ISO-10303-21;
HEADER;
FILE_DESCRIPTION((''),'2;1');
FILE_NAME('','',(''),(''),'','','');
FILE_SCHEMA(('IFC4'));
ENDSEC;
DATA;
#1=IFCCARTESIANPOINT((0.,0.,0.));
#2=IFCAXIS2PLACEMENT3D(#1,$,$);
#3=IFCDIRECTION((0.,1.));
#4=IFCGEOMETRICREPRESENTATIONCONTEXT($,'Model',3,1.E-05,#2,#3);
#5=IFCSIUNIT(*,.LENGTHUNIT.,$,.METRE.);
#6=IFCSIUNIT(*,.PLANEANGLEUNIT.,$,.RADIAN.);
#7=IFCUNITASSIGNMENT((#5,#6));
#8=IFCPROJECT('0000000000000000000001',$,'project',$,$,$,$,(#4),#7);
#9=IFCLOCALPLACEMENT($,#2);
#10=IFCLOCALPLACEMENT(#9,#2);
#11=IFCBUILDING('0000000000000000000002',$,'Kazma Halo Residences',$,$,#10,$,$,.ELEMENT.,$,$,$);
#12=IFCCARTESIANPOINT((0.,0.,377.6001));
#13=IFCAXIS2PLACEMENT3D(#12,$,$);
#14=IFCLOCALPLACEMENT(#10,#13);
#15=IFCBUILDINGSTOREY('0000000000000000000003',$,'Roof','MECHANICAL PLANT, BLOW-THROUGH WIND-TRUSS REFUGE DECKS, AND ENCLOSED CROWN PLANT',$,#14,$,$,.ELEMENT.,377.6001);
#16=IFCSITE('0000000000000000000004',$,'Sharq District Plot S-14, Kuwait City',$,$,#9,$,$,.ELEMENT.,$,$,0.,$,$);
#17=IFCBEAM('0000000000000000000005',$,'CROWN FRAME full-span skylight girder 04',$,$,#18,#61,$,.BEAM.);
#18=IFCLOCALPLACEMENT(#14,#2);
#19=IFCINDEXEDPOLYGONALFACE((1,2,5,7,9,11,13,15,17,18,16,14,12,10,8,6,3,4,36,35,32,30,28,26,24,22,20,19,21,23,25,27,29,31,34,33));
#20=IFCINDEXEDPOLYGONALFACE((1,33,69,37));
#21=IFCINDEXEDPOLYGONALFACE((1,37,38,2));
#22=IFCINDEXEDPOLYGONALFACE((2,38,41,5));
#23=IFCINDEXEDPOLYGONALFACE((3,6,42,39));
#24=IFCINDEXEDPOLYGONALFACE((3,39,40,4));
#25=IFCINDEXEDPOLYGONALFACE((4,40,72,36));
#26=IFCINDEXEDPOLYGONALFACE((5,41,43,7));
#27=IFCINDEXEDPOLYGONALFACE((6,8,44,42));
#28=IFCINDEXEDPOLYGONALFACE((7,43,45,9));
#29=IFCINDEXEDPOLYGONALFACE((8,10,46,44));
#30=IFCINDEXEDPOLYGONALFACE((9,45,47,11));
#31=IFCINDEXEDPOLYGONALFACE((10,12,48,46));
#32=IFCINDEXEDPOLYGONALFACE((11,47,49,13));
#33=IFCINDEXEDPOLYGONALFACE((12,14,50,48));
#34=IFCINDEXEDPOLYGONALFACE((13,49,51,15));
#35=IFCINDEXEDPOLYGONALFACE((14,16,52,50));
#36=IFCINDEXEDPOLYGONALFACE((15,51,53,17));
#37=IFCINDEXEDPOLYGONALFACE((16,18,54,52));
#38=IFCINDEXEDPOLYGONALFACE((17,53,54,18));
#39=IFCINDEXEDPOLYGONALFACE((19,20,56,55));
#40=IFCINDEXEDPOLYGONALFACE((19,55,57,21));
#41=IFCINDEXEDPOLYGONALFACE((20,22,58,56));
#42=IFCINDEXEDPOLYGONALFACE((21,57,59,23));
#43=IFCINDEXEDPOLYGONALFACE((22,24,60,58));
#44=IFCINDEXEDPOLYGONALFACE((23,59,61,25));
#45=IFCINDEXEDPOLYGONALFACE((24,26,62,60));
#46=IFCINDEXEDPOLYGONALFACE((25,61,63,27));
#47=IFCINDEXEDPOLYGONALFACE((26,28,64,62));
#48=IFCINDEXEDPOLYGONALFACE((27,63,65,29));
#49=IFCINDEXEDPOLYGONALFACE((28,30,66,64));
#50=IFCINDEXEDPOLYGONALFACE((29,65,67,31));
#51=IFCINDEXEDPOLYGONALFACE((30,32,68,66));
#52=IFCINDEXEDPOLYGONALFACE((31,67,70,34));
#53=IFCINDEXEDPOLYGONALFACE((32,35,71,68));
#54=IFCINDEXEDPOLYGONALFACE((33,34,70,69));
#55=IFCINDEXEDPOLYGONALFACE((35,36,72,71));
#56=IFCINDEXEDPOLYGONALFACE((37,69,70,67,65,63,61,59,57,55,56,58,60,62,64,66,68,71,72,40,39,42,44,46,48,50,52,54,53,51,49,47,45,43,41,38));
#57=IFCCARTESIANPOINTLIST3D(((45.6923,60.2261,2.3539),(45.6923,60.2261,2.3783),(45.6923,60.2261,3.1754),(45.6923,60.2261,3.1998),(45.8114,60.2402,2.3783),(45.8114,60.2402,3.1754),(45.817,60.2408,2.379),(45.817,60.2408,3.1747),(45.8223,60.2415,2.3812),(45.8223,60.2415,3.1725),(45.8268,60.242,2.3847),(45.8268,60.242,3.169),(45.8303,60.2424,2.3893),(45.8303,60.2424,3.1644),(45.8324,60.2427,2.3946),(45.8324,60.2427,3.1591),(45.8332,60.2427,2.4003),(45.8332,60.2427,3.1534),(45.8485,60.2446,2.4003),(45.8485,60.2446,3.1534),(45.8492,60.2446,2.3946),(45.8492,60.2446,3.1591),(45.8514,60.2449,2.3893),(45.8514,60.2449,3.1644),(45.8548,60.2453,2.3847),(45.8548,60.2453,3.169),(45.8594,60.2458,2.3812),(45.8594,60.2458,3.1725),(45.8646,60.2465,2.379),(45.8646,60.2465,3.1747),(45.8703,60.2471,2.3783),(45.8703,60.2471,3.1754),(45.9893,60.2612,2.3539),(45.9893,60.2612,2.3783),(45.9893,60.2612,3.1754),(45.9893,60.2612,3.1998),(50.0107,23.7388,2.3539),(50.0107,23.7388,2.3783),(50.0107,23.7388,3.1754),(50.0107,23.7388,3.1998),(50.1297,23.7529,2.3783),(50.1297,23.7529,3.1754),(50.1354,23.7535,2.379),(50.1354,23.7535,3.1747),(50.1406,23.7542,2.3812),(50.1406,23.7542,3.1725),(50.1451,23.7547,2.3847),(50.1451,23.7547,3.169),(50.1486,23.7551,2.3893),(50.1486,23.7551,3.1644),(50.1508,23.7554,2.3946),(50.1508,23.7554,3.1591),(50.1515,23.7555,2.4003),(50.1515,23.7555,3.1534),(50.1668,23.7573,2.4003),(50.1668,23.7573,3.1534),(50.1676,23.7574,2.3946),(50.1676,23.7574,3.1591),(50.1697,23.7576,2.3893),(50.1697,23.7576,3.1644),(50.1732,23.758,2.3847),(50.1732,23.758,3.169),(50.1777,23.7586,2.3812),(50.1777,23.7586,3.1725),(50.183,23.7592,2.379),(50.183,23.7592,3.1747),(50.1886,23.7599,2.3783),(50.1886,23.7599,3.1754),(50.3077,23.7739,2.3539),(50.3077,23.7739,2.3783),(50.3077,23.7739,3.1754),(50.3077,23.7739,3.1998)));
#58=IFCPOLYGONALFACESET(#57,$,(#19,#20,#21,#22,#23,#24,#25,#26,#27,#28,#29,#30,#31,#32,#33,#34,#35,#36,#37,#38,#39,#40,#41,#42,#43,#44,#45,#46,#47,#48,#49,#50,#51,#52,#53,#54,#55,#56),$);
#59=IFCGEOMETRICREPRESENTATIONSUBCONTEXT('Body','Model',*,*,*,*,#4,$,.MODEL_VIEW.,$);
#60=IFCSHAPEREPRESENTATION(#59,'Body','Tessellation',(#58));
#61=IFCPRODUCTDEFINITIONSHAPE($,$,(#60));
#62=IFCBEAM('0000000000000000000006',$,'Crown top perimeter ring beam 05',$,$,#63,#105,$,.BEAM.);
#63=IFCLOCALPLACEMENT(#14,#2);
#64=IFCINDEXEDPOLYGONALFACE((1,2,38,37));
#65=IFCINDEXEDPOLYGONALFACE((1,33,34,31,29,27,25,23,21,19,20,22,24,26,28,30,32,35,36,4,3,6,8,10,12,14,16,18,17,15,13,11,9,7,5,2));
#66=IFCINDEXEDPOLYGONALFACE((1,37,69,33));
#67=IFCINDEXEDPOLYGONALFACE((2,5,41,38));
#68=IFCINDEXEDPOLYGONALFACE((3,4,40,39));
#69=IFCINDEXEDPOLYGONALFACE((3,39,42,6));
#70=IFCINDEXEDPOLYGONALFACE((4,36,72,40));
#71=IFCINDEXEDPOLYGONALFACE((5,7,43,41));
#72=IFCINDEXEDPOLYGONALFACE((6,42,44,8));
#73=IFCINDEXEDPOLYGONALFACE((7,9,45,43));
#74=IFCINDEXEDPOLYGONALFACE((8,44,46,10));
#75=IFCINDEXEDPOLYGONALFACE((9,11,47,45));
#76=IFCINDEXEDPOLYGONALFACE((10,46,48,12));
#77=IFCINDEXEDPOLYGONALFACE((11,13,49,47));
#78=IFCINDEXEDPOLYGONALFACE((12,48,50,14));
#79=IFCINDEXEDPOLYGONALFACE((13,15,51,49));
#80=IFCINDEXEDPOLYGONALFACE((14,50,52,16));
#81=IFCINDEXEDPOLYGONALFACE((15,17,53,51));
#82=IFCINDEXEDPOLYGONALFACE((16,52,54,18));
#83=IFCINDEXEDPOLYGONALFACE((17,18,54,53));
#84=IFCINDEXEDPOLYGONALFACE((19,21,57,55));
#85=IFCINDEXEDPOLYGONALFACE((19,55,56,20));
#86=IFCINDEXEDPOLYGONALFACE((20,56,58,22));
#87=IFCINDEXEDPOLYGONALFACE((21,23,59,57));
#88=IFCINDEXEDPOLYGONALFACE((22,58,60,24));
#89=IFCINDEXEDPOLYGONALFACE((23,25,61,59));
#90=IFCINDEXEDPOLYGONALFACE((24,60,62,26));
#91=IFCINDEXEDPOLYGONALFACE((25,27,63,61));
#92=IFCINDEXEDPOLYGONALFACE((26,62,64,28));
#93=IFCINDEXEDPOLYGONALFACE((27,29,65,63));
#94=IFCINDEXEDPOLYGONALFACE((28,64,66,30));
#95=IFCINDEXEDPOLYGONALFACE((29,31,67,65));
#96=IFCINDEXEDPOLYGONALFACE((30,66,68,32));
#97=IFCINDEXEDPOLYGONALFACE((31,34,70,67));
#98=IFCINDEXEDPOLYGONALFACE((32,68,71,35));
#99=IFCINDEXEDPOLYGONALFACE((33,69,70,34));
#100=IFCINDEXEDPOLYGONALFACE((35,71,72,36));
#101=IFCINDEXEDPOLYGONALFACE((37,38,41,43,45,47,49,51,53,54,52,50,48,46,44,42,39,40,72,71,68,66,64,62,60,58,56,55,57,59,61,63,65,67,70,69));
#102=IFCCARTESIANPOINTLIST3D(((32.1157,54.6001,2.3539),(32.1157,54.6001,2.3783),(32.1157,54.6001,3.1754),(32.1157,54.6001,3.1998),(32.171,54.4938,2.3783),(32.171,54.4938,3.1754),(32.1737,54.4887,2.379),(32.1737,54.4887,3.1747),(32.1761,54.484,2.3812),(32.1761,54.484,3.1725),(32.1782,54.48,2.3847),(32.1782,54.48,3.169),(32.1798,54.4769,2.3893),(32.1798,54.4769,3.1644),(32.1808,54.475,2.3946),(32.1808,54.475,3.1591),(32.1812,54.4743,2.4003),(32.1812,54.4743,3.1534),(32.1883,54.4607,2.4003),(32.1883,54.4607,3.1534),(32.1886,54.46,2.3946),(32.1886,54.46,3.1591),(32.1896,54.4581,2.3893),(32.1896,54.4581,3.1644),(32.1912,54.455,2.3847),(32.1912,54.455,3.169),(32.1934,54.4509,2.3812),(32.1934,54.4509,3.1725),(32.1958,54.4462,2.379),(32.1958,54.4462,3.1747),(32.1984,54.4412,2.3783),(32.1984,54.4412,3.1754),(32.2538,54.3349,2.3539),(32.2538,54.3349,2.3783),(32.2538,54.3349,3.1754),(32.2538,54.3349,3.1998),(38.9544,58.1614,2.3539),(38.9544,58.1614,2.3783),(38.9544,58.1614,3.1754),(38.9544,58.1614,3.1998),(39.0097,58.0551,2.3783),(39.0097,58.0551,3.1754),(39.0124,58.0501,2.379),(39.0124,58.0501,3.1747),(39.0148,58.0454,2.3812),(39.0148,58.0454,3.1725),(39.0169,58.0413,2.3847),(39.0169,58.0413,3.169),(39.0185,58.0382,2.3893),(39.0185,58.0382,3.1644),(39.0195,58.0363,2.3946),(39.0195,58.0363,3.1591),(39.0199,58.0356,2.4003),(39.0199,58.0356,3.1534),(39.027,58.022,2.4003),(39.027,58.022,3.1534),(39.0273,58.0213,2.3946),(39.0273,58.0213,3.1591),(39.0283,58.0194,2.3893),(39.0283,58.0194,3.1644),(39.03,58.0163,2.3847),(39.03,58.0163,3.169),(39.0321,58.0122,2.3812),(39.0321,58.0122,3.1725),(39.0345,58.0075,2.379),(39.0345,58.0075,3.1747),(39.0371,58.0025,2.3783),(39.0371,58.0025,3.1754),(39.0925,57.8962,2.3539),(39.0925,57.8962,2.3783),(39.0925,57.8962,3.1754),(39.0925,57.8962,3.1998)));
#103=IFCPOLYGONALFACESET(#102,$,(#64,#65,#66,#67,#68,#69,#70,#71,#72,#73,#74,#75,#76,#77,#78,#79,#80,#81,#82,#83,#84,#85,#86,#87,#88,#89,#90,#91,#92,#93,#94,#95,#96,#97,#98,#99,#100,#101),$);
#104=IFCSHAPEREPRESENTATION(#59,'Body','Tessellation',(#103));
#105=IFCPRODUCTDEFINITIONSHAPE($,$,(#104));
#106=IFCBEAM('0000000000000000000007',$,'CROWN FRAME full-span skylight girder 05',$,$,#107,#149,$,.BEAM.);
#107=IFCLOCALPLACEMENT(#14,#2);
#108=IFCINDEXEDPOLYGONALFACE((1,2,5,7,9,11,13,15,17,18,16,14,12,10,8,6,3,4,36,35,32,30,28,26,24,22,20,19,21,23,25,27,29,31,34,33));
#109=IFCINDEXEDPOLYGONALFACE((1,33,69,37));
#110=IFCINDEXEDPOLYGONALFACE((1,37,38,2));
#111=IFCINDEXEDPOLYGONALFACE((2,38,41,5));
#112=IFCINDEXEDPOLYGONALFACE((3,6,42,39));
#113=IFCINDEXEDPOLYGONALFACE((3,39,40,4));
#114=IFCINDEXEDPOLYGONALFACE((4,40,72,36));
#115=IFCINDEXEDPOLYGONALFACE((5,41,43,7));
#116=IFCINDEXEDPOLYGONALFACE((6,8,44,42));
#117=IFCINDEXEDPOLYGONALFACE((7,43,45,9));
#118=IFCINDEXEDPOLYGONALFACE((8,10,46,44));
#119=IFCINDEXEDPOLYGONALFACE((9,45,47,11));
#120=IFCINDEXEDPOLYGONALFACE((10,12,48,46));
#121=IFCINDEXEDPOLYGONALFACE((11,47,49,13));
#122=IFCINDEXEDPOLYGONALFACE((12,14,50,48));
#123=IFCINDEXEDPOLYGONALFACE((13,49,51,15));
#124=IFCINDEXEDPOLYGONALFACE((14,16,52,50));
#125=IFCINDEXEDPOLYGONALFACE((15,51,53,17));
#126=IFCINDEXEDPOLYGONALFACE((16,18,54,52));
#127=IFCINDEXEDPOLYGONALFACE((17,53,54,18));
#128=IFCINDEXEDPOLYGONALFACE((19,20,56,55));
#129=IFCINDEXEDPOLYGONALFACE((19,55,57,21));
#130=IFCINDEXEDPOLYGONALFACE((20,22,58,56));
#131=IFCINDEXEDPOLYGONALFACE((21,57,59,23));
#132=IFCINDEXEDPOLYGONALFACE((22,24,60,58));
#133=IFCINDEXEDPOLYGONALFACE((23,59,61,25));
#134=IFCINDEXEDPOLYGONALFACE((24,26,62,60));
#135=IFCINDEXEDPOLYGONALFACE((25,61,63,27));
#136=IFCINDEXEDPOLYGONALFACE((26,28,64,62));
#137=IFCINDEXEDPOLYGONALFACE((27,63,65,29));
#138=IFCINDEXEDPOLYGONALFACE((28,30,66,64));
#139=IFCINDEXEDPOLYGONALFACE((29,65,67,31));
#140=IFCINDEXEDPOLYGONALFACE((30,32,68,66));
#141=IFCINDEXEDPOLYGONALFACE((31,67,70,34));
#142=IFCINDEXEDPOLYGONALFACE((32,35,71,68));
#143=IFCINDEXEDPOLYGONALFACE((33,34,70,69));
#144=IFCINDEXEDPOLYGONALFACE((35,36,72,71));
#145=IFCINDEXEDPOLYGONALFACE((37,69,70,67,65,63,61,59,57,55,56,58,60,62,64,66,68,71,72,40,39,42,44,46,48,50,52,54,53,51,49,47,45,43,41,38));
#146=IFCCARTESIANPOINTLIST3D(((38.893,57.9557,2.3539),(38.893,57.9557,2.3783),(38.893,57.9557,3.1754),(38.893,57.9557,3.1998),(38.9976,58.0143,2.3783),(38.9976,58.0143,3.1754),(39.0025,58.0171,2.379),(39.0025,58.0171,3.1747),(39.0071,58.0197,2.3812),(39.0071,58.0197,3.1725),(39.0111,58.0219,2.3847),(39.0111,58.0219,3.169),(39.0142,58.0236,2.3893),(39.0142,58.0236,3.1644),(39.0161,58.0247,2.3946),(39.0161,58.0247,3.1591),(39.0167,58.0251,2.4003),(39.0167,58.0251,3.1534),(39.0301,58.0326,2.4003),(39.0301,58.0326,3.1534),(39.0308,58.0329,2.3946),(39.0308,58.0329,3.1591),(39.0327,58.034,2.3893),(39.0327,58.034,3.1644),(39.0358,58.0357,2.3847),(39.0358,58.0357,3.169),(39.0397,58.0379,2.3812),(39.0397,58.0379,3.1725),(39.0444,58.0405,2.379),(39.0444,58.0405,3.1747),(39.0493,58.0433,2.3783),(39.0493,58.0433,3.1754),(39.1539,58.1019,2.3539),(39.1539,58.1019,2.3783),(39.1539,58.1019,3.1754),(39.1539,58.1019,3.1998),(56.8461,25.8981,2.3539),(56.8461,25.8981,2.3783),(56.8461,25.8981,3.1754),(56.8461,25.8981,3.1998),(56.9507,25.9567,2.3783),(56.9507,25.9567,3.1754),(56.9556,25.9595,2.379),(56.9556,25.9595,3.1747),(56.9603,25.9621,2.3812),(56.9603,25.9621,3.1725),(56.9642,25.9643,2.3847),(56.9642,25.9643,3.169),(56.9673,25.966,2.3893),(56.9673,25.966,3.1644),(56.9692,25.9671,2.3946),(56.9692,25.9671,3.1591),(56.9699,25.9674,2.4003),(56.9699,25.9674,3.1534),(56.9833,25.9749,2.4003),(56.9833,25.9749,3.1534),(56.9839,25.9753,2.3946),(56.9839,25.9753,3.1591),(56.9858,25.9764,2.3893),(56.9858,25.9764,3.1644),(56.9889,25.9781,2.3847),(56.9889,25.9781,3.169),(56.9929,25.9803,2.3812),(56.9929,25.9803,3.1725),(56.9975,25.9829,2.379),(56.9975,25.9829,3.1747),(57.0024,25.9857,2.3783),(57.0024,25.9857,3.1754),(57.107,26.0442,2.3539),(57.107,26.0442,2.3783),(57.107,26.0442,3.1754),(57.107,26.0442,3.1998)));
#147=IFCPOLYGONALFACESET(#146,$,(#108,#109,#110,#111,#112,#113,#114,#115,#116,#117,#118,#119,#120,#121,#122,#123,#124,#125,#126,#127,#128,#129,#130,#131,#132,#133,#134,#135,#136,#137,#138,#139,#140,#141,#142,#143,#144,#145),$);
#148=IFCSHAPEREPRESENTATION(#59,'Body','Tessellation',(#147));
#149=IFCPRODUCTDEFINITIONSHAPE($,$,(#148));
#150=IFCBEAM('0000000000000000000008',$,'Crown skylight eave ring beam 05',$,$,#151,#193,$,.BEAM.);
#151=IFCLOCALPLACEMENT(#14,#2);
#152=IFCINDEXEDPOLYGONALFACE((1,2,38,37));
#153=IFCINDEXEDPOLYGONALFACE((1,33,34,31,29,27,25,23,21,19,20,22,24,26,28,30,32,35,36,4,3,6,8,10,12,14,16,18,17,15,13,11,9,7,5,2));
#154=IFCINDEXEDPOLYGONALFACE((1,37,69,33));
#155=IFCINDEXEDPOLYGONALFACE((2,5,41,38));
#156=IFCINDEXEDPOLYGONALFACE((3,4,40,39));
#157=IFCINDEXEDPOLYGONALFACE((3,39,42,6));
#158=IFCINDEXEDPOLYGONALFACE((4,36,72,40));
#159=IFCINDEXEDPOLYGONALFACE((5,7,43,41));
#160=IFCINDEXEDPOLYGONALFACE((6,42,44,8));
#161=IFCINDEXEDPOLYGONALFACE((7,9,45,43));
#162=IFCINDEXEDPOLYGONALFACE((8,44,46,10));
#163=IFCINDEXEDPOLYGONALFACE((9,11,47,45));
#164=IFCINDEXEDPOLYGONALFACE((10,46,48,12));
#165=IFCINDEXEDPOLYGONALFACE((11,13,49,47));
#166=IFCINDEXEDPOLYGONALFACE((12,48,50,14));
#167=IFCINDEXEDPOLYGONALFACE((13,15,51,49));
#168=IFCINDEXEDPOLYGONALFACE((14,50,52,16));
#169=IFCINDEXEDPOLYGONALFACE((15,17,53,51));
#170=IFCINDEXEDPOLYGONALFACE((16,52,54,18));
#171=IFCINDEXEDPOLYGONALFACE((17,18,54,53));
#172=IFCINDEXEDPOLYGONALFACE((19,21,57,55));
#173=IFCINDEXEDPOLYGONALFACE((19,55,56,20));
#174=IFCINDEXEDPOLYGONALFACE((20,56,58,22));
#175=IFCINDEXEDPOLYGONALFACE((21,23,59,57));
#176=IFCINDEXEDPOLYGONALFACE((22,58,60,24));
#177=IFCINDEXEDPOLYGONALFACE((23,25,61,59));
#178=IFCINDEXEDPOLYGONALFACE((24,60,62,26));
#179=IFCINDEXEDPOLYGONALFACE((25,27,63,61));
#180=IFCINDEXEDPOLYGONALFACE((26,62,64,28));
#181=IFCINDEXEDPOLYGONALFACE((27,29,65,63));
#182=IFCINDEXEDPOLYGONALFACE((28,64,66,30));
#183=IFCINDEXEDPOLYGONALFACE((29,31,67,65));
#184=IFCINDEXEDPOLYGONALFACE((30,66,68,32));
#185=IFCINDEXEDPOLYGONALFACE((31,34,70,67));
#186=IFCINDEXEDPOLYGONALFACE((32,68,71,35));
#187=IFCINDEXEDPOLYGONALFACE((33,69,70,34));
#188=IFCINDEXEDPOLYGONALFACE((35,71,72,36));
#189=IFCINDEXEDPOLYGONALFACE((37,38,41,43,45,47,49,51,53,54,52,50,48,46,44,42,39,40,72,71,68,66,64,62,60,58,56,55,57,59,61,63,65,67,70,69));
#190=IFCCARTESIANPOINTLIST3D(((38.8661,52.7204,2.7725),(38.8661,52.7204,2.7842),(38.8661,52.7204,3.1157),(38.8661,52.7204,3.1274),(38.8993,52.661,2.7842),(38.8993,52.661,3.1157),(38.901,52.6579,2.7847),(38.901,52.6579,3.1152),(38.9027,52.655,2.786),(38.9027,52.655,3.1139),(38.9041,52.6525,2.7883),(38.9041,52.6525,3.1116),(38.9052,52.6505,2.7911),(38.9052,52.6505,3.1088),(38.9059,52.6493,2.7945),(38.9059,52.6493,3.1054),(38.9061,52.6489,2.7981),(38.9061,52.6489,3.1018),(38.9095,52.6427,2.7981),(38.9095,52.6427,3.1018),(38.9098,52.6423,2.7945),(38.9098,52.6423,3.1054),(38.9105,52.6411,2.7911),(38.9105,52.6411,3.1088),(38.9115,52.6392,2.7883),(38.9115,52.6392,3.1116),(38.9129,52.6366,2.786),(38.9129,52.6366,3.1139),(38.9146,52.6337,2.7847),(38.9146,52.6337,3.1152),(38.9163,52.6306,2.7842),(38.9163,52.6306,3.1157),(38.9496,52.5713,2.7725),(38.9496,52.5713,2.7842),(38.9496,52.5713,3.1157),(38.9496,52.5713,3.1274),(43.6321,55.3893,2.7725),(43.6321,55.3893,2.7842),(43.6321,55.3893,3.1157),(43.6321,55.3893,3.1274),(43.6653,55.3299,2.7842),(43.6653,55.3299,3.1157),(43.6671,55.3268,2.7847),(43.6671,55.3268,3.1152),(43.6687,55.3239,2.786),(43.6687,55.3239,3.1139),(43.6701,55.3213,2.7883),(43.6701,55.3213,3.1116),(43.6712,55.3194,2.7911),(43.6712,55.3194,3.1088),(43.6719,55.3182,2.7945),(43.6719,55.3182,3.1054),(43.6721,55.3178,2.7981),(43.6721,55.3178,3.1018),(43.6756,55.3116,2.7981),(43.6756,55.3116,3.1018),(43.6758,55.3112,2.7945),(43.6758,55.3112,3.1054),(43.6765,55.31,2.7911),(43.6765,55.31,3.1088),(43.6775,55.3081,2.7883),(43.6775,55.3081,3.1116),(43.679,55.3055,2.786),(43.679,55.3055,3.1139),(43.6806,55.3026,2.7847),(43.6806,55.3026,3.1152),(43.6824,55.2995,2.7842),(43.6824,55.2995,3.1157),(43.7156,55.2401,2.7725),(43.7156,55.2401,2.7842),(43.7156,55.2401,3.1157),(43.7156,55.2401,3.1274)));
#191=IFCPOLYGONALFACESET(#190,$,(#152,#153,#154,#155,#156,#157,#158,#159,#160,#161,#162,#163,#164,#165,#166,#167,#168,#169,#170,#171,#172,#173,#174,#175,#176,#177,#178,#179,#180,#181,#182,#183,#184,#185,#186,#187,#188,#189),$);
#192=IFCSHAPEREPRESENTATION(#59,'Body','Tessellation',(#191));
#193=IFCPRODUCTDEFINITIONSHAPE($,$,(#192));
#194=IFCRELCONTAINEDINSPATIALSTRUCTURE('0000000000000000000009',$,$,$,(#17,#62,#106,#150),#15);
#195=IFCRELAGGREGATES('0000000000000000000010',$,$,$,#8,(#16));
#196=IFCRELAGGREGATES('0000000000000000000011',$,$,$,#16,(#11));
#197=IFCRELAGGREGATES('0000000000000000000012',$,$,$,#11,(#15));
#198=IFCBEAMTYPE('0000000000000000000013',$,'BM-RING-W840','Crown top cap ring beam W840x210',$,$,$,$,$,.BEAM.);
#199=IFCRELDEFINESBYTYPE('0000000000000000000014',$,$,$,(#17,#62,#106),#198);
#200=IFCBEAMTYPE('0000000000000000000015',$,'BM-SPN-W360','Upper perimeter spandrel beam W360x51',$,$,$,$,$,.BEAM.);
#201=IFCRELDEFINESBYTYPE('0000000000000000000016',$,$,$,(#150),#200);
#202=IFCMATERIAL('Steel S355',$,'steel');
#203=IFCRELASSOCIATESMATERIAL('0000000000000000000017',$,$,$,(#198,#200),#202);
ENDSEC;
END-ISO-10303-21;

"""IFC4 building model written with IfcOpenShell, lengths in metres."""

from ifc_helpers import new_model, si_unit, direction, frame, origin, origin_2d, place, context, subcontext, project, spatial, i_section, extrude, material, material_profile, profile_set, type_object, element, save


model = new_model("IFC4")

# Units and contexts
model_context = context("Model", 3, precision=1e-05, world=origin(), true_north=direction((0.0, 1.0)))
body_context = subcontext(model_context, "Body", "Model", "MODEL_VIEW")
ifc_project = project(units=[si_unit("LENGTHUNIT", "METRE"), si_unit("PLANEANGLEUNIT", "RADIAN")], contexts=[model_context])

# Site, building, storey
site_placement = place(None, origin())
site = spatial("IfcSite", under=ifc_project, at=site_placement, Name="Sharq District Plot S-14, Kuwait City", CompositionType="ELEMENT", RefElevation=0.0)
building_placement = place(site_placement, origin())
building = spatial("IfcBuilding", under=site, at=building_placement, Name="Kazma Halo Residences", CompositionType="ELEMENT")
storey_placement = place(building_placement, frame((0.0, 0.0, 377.6001)))
storey = spatial("IfcBuildingStorey", under=building, at=storey_placement, Name="Roof", Description="MECHANICAL PLANT, BLOW-THROUGH WIND-TRUSS REFUGE DECKS, AND ENCLOSED CROWN PLANT", CompositionType="ELEMENT", Elevation=377.6001)

# Shared definitions
ifc_material_1 = material(Name="Steel S355", Category="steel")

# Beams
ifc_material_profile_1 = material_profile(ifc_material_1, i_section(OverallWidth=0.2991, OverallDepth=0.8459, WebThickness=0.0154, FlangeThickness=0.0244, FilletRadius=0.022, at=origin_2d()), Name="W840x210")
ifc_profile_set_1 = profile_set([ifc_material_profile_1], Name="Steel S355")
beam_type_1 = type_object("IfcBeamType", Name="BM-RING-W840", Description="Crown top cap ring beam W840x210", PredefinedType="BEAM", material=ifc_profile_set_1)
beam_1_placement = place(storey_placement, frame((45.8408, 60.2437, 2.7769), z_axis=(0.117532, -0.993069, 0.0), x_axis=(0.993069, 0.117532, 0.0)))
element("IfcBeam", 1, at=beam_1_placement, inside=storey, type_object=beam_type_1, Name="CROWN FRAME full-span skylight girder 04", PredefinedType="BEAM", context=body_context, shape_type="SweptSolid", body=[
    extrude(i_section(OverallWidth=0.2991, OverallDepth=0.8459, WebThickness=0.0154, FlangeThickness=0.0244, FilletRadius=0.022, at=origin_2d()), origin(), (0.0, 0.0, 1.0), 36.7419),
])
beam_2_placement = place(storey_placement, frame((39.0234, 58.0288, 2.7769), z_axis=(-0.886941, -0.461883, 0.0), x_axis=(0.461883, -0.886941, 0.0)))
element("IfcBeam", 2, at=beam_2_placement, inside=storey, type_object=beam_type_1, Name="Crown top perimeter ring beam 05", PredefinedType="BEAM", context=body_context, shape_type="SweptSolid", body=[
    extrude(i_section(OverallWidth=0.2991, OverallDepth=0.8459, WebThickness=0.0154, FlangeThickness=0.0244, FilletRadius=0.022, at=origin_2d()), origin(), (0.0, 0.0, 1.0), 7.7104),
])
beam_3_placement = place(storey_placement, frame((39.0234, 58.0288, 2.7769), z_axis=(0.488621, -0.872496, 0.0), x_axis=(0.872496, 0.488621, 0.0)))
element("IfcBeam", 3, at=beam_3_placement, inside=storey, type_object=beam_type_1, Name="CROWN FRAME full-span skylight girder 05", PredefinedType="BEAM", context=body_context, shape_type="SweptSolid", body=[
    extrude(i_section(OverallWidth=0.2991, OverallDepth=0.8459, WebThickness=0.0154, FlangeThickness=0.0244, FilletRadius=0.022, at=origin_2d()), origin(), (0.0, 0.0, 1.0), 36.7424),
])
ifc_material_profile_2 = material_profile(ifc_material_1, i_section(OverallWidth=0.1709, OverallDepth=0.355, WebThickness=0.0071, FlangeThickness=0.0117, FilletRadius=0.0139, at=origin_2d()), Name="W360x51")
ifc_profile_set_2 = profile_set([ifc_material_profile_2], Name="Steel S355")
beam_type_2 = type_object("IfcBeamType", Name="BM-SPN-W360", Description="Upper perimeter spandrel beam W360x51", PredefinedType="BEAM", material=ifc_profile_set_2)
beam_4_placement = place(storey_placement, frame((43.6738, 55.3147, 2.95), z_axis=(-0.872512, -0.488592, 0.0), x_axis=(0.488592, -0.872512, 0.0)))
element("IfcBeam", 4, at=beam_4_placement, inside=storey, type_object=beam_type_2, Name="Crown skylight eave ring beam 05", PredefinedType="BEAM", context=body_context, shape_type="SweptSolid", body=[
    extrude(i_section(OverallWidth=0.1709, OverallDepth=0.355, WebThickness=0.0071, FlangeThickness=0.0117, FilletRadius=0.0139, at=origin_2d()), origin(), (0.0, 0.0, 1.0), 5.4624),
])

save(model, "model.ifc")
